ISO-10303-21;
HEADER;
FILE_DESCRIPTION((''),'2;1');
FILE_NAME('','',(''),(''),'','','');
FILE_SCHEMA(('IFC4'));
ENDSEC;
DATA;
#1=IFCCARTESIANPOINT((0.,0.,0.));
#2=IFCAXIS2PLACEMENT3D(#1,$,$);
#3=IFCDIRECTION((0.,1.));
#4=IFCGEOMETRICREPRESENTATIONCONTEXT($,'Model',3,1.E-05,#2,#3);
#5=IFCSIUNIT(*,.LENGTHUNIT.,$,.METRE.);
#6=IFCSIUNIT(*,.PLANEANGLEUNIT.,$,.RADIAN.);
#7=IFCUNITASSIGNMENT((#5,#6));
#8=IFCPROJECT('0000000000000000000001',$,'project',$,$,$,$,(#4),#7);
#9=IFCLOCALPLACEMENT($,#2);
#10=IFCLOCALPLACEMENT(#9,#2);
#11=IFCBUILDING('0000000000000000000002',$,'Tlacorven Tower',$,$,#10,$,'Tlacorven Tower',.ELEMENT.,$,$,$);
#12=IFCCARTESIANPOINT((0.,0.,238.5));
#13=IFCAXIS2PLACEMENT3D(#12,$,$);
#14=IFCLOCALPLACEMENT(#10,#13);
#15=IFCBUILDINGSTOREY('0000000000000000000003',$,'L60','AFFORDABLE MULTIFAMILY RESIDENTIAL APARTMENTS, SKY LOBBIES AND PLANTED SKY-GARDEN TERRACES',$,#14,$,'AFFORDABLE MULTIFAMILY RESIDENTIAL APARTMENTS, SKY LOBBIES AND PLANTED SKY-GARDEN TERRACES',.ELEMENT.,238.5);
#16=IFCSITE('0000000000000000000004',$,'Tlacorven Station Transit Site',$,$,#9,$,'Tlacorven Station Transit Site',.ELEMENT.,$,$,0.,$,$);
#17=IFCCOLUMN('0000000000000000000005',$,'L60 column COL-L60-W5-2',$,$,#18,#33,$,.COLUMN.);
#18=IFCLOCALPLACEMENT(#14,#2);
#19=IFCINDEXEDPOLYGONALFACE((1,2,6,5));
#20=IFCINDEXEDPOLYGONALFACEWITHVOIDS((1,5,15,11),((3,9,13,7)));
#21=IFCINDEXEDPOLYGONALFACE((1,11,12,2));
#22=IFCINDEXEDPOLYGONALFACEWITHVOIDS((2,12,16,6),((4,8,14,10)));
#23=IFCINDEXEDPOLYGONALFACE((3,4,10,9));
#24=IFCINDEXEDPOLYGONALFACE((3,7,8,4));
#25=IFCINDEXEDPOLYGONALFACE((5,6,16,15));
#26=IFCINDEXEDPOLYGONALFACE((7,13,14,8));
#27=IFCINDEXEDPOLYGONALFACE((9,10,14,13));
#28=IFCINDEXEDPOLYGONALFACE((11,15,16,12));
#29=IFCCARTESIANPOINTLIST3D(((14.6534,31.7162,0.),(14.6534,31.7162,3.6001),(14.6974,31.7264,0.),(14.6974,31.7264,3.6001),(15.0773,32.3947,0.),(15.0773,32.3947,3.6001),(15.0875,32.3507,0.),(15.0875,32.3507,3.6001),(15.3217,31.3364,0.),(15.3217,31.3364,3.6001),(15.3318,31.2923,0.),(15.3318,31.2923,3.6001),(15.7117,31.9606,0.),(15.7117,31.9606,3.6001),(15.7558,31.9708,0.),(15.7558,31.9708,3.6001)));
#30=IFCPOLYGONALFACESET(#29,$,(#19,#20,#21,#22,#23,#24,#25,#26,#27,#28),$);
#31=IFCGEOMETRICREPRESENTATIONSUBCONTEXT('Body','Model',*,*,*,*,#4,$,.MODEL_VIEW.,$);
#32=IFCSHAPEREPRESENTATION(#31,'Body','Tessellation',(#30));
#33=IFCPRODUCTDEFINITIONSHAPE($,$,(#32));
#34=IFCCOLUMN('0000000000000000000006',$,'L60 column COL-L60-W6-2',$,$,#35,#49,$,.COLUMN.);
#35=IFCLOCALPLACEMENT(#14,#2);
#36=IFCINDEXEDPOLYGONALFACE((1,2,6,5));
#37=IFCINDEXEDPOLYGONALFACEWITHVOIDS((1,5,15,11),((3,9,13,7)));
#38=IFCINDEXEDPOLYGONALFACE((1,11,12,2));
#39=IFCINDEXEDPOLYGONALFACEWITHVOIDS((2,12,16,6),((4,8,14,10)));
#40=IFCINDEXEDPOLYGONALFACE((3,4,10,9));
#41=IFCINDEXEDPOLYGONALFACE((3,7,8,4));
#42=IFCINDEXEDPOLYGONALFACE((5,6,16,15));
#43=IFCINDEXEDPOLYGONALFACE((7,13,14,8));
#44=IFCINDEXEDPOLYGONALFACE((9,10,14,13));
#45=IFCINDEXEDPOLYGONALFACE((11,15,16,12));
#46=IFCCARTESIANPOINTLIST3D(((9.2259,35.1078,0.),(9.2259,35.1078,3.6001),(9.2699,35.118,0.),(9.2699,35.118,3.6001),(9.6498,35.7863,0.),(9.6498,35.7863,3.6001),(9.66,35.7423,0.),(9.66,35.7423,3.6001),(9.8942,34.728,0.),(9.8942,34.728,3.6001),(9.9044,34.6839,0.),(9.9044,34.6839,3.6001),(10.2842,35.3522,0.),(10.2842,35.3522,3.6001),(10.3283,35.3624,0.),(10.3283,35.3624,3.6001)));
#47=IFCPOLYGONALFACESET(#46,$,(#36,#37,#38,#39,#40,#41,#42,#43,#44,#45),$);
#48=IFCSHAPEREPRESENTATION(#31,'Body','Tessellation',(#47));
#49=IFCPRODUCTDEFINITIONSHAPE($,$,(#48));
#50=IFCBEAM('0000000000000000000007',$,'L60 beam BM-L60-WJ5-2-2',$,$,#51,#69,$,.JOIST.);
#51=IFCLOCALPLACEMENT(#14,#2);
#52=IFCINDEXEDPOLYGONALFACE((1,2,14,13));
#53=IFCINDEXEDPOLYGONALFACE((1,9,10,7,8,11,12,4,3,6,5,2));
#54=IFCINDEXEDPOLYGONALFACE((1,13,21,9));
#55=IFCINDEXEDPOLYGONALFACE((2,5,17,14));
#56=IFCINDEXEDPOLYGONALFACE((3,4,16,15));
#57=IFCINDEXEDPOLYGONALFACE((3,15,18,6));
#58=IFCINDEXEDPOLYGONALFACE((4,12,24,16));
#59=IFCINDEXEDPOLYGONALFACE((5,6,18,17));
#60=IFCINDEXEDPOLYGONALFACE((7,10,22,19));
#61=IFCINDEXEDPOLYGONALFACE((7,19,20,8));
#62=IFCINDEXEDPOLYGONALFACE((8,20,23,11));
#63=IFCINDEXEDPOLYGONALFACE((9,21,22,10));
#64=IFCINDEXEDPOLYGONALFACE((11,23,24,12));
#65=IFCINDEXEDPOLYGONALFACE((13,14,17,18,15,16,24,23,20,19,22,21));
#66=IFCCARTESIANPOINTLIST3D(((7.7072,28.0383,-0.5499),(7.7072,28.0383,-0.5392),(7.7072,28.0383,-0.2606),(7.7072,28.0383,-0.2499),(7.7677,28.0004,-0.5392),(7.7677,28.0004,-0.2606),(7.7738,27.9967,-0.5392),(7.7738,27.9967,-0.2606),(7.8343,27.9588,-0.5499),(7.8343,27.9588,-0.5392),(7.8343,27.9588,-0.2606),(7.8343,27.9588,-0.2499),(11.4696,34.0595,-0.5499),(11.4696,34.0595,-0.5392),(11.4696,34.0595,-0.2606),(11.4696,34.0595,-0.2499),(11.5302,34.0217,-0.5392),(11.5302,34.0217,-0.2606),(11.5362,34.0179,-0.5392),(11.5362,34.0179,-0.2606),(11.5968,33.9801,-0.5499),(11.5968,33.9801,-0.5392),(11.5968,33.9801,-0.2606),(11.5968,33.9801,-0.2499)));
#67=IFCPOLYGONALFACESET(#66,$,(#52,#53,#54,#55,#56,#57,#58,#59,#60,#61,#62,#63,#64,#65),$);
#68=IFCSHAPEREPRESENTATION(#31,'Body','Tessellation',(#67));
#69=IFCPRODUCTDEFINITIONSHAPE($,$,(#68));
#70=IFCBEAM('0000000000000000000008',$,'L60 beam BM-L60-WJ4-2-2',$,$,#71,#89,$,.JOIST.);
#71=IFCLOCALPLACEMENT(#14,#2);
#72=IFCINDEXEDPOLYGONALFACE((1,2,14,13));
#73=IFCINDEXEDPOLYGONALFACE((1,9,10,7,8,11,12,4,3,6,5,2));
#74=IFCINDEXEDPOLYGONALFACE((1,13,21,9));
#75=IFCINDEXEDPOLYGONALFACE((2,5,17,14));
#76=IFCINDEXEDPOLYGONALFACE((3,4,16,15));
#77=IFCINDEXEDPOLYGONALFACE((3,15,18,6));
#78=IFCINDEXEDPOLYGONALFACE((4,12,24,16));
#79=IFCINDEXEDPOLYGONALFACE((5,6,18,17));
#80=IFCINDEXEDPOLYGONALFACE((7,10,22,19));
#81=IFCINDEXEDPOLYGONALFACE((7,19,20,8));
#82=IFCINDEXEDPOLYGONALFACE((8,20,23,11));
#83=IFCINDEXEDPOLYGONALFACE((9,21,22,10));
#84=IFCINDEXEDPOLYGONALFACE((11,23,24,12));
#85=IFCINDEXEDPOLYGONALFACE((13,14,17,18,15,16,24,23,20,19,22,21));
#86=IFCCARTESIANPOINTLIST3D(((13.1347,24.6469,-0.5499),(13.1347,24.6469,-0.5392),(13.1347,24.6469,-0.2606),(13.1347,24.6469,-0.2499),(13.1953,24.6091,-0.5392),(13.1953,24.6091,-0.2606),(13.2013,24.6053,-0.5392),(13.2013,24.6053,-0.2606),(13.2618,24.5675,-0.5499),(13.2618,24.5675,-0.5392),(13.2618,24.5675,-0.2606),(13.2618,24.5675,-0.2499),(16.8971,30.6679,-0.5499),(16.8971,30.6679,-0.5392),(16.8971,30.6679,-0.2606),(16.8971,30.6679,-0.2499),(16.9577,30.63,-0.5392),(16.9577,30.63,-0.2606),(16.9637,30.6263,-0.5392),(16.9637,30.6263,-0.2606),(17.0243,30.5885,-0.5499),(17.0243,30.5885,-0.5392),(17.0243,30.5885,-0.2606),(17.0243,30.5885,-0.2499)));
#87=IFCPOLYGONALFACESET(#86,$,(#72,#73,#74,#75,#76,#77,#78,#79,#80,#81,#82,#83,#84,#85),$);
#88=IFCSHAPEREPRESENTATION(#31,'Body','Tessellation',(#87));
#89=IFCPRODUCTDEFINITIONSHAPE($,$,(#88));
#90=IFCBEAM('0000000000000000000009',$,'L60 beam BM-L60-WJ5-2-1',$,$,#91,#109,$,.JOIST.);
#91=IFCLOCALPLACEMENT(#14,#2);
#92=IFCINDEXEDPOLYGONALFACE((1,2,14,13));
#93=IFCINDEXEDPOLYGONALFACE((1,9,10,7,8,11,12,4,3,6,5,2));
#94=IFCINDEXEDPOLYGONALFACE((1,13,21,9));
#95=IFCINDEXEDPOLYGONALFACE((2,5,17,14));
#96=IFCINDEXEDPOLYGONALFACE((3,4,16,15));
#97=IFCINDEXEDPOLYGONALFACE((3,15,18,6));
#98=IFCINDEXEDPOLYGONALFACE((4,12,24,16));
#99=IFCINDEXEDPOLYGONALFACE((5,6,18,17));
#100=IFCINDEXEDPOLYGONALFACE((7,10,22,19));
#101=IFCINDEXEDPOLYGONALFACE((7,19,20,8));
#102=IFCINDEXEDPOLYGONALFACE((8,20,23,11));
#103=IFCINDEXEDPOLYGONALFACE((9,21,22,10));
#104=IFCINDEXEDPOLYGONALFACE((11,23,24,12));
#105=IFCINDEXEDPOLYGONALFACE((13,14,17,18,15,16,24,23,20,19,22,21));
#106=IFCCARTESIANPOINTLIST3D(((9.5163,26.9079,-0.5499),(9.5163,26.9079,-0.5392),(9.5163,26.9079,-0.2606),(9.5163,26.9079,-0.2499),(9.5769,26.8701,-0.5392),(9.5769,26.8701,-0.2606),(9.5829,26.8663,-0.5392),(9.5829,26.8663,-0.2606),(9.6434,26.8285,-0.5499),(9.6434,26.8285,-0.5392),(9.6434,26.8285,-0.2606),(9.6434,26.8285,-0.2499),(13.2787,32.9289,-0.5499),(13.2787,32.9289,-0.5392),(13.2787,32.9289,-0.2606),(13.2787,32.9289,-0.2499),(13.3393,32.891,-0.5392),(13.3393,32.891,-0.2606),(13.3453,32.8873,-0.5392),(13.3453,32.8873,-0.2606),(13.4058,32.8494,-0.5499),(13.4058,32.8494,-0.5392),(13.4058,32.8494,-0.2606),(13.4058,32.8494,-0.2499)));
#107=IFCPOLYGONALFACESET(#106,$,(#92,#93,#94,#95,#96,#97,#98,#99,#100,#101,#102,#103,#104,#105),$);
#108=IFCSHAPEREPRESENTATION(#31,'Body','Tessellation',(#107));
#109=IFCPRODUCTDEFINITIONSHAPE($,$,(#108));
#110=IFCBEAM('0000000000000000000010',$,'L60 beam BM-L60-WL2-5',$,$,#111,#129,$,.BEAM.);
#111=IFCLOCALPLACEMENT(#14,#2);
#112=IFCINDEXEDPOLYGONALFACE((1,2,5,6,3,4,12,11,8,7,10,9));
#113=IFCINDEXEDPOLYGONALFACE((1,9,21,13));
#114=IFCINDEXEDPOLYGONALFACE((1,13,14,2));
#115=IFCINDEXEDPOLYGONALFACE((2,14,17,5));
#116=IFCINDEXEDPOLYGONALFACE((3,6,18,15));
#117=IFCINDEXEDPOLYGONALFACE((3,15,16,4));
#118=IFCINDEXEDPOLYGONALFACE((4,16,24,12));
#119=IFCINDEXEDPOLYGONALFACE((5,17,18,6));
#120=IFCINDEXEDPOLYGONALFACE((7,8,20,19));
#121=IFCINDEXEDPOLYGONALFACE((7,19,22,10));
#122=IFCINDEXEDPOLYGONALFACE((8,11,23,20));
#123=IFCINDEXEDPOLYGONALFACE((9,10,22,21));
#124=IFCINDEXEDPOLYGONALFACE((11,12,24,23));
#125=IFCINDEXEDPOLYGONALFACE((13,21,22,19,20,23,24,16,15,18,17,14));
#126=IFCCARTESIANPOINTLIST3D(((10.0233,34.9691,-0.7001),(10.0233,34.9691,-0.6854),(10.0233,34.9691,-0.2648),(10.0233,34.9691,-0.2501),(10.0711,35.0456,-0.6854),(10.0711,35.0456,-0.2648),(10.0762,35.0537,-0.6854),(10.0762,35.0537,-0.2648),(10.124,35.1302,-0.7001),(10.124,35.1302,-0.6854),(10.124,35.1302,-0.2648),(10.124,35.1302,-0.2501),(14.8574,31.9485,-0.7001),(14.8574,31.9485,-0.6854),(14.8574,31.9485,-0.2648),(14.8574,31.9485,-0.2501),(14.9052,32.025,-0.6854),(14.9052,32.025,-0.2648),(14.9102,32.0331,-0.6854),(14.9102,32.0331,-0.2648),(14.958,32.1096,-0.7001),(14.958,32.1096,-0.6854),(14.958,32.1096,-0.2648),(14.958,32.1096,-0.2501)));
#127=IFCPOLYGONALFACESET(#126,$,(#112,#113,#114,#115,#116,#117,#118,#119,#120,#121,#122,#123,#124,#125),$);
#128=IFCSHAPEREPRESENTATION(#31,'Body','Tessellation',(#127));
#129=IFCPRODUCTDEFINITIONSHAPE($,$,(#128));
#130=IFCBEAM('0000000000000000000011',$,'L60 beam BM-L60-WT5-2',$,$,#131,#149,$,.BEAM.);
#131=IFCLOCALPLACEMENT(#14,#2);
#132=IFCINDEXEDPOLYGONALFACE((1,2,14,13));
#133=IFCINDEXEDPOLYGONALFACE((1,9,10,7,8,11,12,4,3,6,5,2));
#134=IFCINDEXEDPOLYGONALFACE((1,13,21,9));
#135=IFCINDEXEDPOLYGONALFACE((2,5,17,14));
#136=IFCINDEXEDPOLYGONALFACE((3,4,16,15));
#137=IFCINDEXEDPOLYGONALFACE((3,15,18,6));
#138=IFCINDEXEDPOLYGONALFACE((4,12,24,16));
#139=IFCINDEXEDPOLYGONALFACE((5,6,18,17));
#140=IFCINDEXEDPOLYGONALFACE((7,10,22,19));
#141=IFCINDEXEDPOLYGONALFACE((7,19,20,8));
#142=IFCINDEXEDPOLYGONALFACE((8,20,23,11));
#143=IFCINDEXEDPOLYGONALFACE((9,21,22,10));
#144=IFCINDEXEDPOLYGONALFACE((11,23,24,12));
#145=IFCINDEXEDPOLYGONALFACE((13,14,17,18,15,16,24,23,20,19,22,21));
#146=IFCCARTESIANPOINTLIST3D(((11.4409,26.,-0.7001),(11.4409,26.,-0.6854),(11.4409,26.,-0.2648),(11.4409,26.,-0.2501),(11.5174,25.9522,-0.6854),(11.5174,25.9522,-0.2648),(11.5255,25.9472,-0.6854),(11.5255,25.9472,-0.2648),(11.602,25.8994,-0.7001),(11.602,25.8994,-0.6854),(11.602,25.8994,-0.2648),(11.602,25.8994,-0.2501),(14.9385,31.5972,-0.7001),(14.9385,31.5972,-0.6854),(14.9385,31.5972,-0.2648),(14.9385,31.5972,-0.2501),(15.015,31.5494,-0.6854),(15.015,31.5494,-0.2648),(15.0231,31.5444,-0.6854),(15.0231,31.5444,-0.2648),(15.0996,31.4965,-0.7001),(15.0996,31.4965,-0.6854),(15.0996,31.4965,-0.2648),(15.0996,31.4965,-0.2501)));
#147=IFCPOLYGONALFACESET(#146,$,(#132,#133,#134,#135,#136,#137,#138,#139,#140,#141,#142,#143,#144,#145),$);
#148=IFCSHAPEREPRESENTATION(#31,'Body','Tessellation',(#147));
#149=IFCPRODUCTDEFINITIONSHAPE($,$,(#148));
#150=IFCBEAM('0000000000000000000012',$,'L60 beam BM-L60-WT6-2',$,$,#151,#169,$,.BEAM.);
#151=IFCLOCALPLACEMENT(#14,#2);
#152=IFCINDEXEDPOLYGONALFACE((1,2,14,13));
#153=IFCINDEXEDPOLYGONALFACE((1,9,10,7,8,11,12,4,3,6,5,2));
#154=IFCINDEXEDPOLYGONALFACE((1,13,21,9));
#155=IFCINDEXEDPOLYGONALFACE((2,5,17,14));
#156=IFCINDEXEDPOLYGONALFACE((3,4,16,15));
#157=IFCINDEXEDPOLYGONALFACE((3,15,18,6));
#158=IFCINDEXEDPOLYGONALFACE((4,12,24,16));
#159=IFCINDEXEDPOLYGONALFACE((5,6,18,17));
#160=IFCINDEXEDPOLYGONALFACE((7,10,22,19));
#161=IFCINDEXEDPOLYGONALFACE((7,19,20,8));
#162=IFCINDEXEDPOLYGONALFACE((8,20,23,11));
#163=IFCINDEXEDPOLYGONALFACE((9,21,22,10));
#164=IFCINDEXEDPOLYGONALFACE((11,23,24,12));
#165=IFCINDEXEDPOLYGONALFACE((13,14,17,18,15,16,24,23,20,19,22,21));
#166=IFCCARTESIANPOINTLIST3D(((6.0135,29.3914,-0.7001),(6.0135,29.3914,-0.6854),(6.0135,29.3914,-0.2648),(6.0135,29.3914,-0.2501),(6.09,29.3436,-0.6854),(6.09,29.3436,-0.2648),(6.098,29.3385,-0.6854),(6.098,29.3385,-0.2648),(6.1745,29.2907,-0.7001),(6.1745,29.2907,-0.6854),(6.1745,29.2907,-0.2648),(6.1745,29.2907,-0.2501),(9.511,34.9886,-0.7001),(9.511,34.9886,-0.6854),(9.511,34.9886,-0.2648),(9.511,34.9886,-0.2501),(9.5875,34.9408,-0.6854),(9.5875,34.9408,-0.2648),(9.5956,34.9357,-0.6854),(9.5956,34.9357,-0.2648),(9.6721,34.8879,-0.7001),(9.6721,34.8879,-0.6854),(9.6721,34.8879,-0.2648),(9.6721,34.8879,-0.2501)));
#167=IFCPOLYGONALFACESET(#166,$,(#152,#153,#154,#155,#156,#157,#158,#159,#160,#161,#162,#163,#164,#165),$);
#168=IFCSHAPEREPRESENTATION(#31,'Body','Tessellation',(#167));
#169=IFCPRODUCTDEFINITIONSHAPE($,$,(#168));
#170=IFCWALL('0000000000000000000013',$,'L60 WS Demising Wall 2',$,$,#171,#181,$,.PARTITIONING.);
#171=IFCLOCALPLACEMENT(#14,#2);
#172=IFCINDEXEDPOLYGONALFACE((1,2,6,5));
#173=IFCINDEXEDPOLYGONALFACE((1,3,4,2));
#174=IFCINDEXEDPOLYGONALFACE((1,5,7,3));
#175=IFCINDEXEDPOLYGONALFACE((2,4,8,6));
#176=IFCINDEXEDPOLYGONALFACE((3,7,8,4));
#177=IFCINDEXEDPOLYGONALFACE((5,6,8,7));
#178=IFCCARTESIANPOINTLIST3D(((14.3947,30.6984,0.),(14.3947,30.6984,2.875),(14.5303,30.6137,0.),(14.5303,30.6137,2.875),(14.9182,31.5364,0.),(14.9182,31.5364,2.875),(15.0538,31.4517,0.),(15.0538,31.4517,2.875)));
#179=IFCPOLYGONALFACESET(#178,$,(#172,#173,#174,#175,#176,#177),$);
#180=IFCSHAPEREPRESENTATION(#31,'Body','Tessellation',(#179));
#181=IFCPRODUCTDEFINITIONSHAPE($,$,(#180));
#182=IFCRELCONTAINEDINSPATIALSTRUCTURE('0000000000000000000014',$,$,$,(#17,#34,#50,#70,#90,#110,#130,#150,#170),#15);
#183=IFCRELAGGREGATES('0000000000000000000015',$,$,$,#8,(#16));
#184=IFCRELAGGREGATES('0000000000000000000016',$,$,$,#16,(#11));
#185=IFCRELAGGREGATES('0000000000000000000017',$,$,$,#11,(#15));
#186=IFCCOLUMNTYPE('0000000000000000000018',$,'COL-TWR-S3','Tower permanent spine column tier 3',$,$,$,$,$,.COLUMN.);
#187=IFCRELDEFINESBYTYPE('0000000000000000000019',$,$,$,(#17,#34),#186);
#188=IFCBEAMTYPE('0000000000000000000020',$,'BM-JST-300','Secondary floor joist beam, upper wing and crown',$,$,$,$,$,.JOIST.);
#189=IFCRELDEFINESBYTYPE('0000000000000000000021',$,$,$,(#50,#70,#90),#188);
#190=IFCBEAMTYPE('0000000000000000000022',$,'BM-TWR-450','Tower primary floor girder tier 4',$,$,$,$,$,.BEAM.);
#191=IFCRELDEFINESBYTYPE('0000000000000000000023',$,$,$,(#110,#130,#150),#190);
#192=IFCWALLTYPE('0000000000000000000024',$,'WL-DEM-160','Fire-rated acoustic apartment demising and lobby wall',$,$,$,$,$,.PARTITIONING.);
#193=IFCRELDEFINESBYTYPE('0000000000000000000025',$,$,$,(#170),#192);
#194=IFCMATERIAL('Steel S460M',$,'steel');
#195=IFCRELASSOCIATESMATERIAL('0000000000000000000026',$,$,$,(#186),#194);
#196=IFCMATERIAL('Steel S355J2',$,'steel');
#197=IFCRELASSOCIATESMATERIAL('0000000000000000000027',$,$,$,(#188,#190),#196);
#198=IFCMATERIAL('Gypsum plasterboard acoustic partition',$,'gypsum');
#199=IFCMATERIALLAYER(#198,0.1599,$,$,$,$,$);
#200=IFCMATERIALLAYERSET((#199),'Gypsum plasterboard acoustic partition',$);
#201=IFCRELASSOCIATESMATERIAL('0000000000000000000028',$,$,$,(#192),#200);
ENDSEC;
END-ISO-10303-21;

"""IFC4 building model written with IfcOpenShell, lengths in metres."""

from ifc_helpers import new_model, si_unit, direction, frame, frame_2d, origin, origin_2d, place, context, subcontext, project, spatial, rectangle, hollow_rectangle, i_section, extrude, source, transform, mapped, material, layer, layer_set, material_profile, profile_set, type_object, element, save


model = new_model("IFC4")

# Units and contexts
model_context = context("Model", 3, precision=1e-05, world=origin(), true_north=direction((0.0, 1.0)))
body_context = subcontext(model_context, "Body", "Model", "MODEL_VIEW")
ifc_project = project(units=[si_unit("LENGTHUNIT", "METRE"), si_unit("PLANEANGLEUNIT", "RADIAN")], contexts=[model_context])

# Site, building, storey
site_placement = place(None, origin())
site = spatial("IfcSite", under=ifc_project, at=site_placement, Name="Tlacorven Station Transit Site", LongName="Tlacorven Station Transit Site", CompositionType="ELEMENT", RefElevation=0.0)
building_placement = place(site_placement, origin())
building = spatial("IfcBuilding", under=site, at=building_placement, Name="Tlacorven Tower", LongName="Tlacorven Tower", CompositionType="ELEMENT")
storey_placement = place(building_placement, frame((0.0, 0.0, 238.5)))
storey = spatial("IfcBuildingStorey", under=building, at=storey_placement, Name="L60", Description="AFFORDABLE MULTIFAMILY RESIDENTIAL APARTMENTS, SKY LOBBIES AND PLANTED SKY-GARDEN TERRACES", LongName="AFFORDABLE MULTIFAMILY RESIDENTIAL APARTMENTS, SKY LOBBIES AND PLANTED SKY-GARDEN TERRACES", CompositionType="ELEMENT", Elevation=238.5)

# Columns
ifc_material_1 = material(Name="Steel S460M", Category="steel")
ifc_material_profile_1 = material_profile(ifc_material_1, hollow_rectangle(XDim=0.8, YDim=0.8, WallThickness=0.032, at=origin_2d()), Name="BOX 800X800X32")
ifc_profile_set_1 = profile_set([ifc_material_profile_1], Name="Steel S460M")
column_type = type_object("IfcColumnType", Name="COL-TWR-S3", Description="Tower permanent spine column tier 3", PredefinedType="COLUMN", material=ifc_profile_set_1)
shared_shape_1 = source(origin(), body_context, "Body", "SweptSolid", [
    extrude(hollow_rectangle(XDim=0.8, YDim=0.8, WallThickness=0.032, at=origin_2d()), origin(), (0.0, 0.0, 1.0), 3.6001),
])
for number, where, z_axis, x_axis, name in (
    (1, (15.2046, 31.8435, 0.0), (0.0, 0.0, 1.0), (-0.848048, 0.529919, 0.0), "L60 column COL-L60-W5-2"),
    (2, (9.7771, 35.2351, 0.0), (0.0, 0.0, 1.0), (-0.848048, 0.529919, 0.0), "L60 column COL-L60-W6-2"),
):
    element("IfcColumn", number, at=place(storey_placement, frame(where, z_axis=z_axis, x_axis=x_axis)), inside=storey, type_object=column_type, Name=name, PredefinedType="COLUMN", context=body_context, shape_type="MappedRepresentation", body=[
        mapped(shared_shape_1, transform((0.0, 0.0, 0.0), scale=1.0)),
    ])

# Beams
ifc_material_2 = material(Name="Steel S355J2", Category="steel")
ifc_material_profile_2 = material_profile(ifc_material_2, i_section(OverallWidth=0.1499, OverallDepth=0.3, WebThickness=0.0071, FlangeThickness=0.0107, at=origin_2d()), Name="IPE 300")
ifc_profile_set_2 = profile_set([ifc_material_profile_2], Name="Steel S355J2")
beam_type_1 = type_object("IfcBeamType", Name="BM-JST-300", Description="Secondary floor joist beam, upper wing and crown", PredefinedType="JOIST", material=ifc_profile_set_2)
shared_shape_2 = source(origin(), body_context, "Body", "SweptSolid", [
    extrude(i_section(OverallWidth=0.1499, OverallDepth=0.3, WebThickness=0.0071, FlangeThickness=0.0107, at=origin_2d()), origin(), (0.0, 0.0, 1.0), 7.1001),
])
beam_1_placement = place(storey_placement, frame((11.5332, 34.0198, -0.3999), z_axis=(-0.529915, -0.84805, 0.0), x_axis=(0.84805, -0.529915, 0.0)))
element("IfcBeam", 3, at=beam_1_placement, inside=storey, type_object=beam_type_1, Name="L60 beam BM-L60-WJ5-2-2", PredefinedType="JOIST", context=body_context, shape_type="MappedRepresentation", body=[
    mapped(shared_shape_2, transform((0.0, 0.0, 0.0), scale=1.0)),
])
shared_shape_3 = source(origin(), body_context, "Body", "SweptSolid", [
    extrude(i_section(OverallWidth=0.1499, OverallDepth=0.3, WebThickness=0.0071, FlangeThickness=0.0107, at=origin_2d()), origin(), (0.0, 0.0, 1.0), 7.0999),
])
for number, where, z_axis, x_axis, name in (
    (4, (16.9607, 30.6282, -0.3999), (-0.529931, -0.848041, 0.0), (0.848041, -0.529931, 0.0), "L60 beam BM-L60-WJ4-2-2"),
    (5, (13.3423, 32.8892, -0.3999), (-0.529931, -0.848041, 0.0), (0.848041, -0.529931, 0.0), "L60 beam BM-L60-WJ5-2-1"),
):
    element("IfcBeam", number, at=place(storey_placement, frame(where, z_axis=z_axis, x_axis=x_axis)), inside=storey, type_object=beam_type_1, Name=name, PredefinedType="JOIST", context=body_context, shape_type="MappedRepresentation", body=[
        mapped(shared_shape_3, transform((0.0, 0.0, 0.0), scale=1.0)),
    ])
ifc_material_profile_3 = material_profile(ifc_material_2, i_section(OverallWidth=0.1899, OverallDepth=0.45, WebThickness=0.0095, FlangeThickness=0.0146, at=origin_2d()), Name="IPE 450")
ifc_profile_set_3 = profile_set([ifc_material_profile_3], Name="Steel S355J2")
beam_type_2 = type_object("IfcBeamType", Name="BM-TWR-450", Description="Tower primary floor girder tier 4", PredefinedType="BEAM", material=ifc_profile_set_3)
shared_shape_4 = source(origin(), body_context, "Body", "SweptSolid", [
    extrude(i_section(OverallWidth=0.1899, OverallDepth=0.45, WebThickness=0.0095, FlangeThickness=0.0146, at=origin_2d()), origin(), (0.0, 0.0, 1.0), 5.7002),
])
beam_2_placement = place(storey_placement, frame((14.9077, 32.0291, -0.4751), z_axis=(-0.848056, 0.529907, 0.0), x_axis=(-0.529907, -0.848056, 0.0)))
element("IfcBeam", 6, at=beam_2_placement, inside=storey, type_object=beam_type_2, Name="L60 beam BM-L60-WL2-5", PredefinedType="BEAM", context=body_context, shape_type="MappedRepresentation", body=[
    mapped(shared_shape_4, transform((0.0, 0.0, 0.0), scale=1.0)),
])
shared_shape_5 = source(origin(), body_context, "Body", "SweptSolid", [
    extrude(i_section(OverallWidth=0.1899, OverallDepth=0.45, WebThickness=0.0095, FlangeThickness=0.0146, at=origin_2d()), origin(), (0.0, 0.0, 1.0), 6.6001),
])
for number, where, z_axis, x_axis, name in (
    (7, (15.019, 31.5469, -0.4751), (-0.529926, -0.848044, 0.0), (0.848044, -0.529926, 0.0), "L60 beam BM-L60-WT5-2"),
    (8, (9.5916, 34.9382, -0.4751), (-0.529926, -0.848044, 0.0), (0.848044, -0.529926, 0.0), "L60 beam BM-L60-WT6-2"),
):
    element("IfcBeam", number, at=place(storey_placement, frame(where, z_axis=z_axis, x_axis=x_axis)), inside=storey, type_object=beam_type_2, Name=name, PredefinedType="BEAM", context=body_context, shape_type="MappedRepresentation", body=[
        mapped(shared_shape_5, transform((0.0, 0.0, 0.0), scale=1.0)),
    ])

# Wall
ifc_material_3 = material(Name="Gypsum plasterboard acoustic partition", Category="gypsum")
ifc_layer_1 = layer(ifc_material_3, 0.1599)
ifc_layer_set_1 = layer_set([ifc_layer_1], Name="Gypsum plasterboard acoustic partition")
wall_type_1 = type_object("IfcWallType", Name="WL-DEM-160", Description="Fire-rated acoustic apartment demising and lobby wall", PredefinedType="PARTITIONING", material=ifc_layer_set_1)
wall_1_placement = place(storey_placement, frame((14.9861, 31.4941, 0.0), z_axis=(0.0, 0.0, 1.0), x_axis=(-0.529821, -0.848109, 0.0)))
element("IfcWall", 9, at=wall_1_placement, inside=storey, type_object=wall_type_1, Name="L60 WS Demising Wall 2", PredefinedType="PARTITIONING", context=body_context, shape_type="SweptSolid", body=[
    extrude(rectangle(XDim=0.988, YDim=0.1599, at=frame_2d((0.4941, 0.0))), origin(), (0.0, 0.0, 1.0), 2.875),
])

save(model, "model.ifc")
